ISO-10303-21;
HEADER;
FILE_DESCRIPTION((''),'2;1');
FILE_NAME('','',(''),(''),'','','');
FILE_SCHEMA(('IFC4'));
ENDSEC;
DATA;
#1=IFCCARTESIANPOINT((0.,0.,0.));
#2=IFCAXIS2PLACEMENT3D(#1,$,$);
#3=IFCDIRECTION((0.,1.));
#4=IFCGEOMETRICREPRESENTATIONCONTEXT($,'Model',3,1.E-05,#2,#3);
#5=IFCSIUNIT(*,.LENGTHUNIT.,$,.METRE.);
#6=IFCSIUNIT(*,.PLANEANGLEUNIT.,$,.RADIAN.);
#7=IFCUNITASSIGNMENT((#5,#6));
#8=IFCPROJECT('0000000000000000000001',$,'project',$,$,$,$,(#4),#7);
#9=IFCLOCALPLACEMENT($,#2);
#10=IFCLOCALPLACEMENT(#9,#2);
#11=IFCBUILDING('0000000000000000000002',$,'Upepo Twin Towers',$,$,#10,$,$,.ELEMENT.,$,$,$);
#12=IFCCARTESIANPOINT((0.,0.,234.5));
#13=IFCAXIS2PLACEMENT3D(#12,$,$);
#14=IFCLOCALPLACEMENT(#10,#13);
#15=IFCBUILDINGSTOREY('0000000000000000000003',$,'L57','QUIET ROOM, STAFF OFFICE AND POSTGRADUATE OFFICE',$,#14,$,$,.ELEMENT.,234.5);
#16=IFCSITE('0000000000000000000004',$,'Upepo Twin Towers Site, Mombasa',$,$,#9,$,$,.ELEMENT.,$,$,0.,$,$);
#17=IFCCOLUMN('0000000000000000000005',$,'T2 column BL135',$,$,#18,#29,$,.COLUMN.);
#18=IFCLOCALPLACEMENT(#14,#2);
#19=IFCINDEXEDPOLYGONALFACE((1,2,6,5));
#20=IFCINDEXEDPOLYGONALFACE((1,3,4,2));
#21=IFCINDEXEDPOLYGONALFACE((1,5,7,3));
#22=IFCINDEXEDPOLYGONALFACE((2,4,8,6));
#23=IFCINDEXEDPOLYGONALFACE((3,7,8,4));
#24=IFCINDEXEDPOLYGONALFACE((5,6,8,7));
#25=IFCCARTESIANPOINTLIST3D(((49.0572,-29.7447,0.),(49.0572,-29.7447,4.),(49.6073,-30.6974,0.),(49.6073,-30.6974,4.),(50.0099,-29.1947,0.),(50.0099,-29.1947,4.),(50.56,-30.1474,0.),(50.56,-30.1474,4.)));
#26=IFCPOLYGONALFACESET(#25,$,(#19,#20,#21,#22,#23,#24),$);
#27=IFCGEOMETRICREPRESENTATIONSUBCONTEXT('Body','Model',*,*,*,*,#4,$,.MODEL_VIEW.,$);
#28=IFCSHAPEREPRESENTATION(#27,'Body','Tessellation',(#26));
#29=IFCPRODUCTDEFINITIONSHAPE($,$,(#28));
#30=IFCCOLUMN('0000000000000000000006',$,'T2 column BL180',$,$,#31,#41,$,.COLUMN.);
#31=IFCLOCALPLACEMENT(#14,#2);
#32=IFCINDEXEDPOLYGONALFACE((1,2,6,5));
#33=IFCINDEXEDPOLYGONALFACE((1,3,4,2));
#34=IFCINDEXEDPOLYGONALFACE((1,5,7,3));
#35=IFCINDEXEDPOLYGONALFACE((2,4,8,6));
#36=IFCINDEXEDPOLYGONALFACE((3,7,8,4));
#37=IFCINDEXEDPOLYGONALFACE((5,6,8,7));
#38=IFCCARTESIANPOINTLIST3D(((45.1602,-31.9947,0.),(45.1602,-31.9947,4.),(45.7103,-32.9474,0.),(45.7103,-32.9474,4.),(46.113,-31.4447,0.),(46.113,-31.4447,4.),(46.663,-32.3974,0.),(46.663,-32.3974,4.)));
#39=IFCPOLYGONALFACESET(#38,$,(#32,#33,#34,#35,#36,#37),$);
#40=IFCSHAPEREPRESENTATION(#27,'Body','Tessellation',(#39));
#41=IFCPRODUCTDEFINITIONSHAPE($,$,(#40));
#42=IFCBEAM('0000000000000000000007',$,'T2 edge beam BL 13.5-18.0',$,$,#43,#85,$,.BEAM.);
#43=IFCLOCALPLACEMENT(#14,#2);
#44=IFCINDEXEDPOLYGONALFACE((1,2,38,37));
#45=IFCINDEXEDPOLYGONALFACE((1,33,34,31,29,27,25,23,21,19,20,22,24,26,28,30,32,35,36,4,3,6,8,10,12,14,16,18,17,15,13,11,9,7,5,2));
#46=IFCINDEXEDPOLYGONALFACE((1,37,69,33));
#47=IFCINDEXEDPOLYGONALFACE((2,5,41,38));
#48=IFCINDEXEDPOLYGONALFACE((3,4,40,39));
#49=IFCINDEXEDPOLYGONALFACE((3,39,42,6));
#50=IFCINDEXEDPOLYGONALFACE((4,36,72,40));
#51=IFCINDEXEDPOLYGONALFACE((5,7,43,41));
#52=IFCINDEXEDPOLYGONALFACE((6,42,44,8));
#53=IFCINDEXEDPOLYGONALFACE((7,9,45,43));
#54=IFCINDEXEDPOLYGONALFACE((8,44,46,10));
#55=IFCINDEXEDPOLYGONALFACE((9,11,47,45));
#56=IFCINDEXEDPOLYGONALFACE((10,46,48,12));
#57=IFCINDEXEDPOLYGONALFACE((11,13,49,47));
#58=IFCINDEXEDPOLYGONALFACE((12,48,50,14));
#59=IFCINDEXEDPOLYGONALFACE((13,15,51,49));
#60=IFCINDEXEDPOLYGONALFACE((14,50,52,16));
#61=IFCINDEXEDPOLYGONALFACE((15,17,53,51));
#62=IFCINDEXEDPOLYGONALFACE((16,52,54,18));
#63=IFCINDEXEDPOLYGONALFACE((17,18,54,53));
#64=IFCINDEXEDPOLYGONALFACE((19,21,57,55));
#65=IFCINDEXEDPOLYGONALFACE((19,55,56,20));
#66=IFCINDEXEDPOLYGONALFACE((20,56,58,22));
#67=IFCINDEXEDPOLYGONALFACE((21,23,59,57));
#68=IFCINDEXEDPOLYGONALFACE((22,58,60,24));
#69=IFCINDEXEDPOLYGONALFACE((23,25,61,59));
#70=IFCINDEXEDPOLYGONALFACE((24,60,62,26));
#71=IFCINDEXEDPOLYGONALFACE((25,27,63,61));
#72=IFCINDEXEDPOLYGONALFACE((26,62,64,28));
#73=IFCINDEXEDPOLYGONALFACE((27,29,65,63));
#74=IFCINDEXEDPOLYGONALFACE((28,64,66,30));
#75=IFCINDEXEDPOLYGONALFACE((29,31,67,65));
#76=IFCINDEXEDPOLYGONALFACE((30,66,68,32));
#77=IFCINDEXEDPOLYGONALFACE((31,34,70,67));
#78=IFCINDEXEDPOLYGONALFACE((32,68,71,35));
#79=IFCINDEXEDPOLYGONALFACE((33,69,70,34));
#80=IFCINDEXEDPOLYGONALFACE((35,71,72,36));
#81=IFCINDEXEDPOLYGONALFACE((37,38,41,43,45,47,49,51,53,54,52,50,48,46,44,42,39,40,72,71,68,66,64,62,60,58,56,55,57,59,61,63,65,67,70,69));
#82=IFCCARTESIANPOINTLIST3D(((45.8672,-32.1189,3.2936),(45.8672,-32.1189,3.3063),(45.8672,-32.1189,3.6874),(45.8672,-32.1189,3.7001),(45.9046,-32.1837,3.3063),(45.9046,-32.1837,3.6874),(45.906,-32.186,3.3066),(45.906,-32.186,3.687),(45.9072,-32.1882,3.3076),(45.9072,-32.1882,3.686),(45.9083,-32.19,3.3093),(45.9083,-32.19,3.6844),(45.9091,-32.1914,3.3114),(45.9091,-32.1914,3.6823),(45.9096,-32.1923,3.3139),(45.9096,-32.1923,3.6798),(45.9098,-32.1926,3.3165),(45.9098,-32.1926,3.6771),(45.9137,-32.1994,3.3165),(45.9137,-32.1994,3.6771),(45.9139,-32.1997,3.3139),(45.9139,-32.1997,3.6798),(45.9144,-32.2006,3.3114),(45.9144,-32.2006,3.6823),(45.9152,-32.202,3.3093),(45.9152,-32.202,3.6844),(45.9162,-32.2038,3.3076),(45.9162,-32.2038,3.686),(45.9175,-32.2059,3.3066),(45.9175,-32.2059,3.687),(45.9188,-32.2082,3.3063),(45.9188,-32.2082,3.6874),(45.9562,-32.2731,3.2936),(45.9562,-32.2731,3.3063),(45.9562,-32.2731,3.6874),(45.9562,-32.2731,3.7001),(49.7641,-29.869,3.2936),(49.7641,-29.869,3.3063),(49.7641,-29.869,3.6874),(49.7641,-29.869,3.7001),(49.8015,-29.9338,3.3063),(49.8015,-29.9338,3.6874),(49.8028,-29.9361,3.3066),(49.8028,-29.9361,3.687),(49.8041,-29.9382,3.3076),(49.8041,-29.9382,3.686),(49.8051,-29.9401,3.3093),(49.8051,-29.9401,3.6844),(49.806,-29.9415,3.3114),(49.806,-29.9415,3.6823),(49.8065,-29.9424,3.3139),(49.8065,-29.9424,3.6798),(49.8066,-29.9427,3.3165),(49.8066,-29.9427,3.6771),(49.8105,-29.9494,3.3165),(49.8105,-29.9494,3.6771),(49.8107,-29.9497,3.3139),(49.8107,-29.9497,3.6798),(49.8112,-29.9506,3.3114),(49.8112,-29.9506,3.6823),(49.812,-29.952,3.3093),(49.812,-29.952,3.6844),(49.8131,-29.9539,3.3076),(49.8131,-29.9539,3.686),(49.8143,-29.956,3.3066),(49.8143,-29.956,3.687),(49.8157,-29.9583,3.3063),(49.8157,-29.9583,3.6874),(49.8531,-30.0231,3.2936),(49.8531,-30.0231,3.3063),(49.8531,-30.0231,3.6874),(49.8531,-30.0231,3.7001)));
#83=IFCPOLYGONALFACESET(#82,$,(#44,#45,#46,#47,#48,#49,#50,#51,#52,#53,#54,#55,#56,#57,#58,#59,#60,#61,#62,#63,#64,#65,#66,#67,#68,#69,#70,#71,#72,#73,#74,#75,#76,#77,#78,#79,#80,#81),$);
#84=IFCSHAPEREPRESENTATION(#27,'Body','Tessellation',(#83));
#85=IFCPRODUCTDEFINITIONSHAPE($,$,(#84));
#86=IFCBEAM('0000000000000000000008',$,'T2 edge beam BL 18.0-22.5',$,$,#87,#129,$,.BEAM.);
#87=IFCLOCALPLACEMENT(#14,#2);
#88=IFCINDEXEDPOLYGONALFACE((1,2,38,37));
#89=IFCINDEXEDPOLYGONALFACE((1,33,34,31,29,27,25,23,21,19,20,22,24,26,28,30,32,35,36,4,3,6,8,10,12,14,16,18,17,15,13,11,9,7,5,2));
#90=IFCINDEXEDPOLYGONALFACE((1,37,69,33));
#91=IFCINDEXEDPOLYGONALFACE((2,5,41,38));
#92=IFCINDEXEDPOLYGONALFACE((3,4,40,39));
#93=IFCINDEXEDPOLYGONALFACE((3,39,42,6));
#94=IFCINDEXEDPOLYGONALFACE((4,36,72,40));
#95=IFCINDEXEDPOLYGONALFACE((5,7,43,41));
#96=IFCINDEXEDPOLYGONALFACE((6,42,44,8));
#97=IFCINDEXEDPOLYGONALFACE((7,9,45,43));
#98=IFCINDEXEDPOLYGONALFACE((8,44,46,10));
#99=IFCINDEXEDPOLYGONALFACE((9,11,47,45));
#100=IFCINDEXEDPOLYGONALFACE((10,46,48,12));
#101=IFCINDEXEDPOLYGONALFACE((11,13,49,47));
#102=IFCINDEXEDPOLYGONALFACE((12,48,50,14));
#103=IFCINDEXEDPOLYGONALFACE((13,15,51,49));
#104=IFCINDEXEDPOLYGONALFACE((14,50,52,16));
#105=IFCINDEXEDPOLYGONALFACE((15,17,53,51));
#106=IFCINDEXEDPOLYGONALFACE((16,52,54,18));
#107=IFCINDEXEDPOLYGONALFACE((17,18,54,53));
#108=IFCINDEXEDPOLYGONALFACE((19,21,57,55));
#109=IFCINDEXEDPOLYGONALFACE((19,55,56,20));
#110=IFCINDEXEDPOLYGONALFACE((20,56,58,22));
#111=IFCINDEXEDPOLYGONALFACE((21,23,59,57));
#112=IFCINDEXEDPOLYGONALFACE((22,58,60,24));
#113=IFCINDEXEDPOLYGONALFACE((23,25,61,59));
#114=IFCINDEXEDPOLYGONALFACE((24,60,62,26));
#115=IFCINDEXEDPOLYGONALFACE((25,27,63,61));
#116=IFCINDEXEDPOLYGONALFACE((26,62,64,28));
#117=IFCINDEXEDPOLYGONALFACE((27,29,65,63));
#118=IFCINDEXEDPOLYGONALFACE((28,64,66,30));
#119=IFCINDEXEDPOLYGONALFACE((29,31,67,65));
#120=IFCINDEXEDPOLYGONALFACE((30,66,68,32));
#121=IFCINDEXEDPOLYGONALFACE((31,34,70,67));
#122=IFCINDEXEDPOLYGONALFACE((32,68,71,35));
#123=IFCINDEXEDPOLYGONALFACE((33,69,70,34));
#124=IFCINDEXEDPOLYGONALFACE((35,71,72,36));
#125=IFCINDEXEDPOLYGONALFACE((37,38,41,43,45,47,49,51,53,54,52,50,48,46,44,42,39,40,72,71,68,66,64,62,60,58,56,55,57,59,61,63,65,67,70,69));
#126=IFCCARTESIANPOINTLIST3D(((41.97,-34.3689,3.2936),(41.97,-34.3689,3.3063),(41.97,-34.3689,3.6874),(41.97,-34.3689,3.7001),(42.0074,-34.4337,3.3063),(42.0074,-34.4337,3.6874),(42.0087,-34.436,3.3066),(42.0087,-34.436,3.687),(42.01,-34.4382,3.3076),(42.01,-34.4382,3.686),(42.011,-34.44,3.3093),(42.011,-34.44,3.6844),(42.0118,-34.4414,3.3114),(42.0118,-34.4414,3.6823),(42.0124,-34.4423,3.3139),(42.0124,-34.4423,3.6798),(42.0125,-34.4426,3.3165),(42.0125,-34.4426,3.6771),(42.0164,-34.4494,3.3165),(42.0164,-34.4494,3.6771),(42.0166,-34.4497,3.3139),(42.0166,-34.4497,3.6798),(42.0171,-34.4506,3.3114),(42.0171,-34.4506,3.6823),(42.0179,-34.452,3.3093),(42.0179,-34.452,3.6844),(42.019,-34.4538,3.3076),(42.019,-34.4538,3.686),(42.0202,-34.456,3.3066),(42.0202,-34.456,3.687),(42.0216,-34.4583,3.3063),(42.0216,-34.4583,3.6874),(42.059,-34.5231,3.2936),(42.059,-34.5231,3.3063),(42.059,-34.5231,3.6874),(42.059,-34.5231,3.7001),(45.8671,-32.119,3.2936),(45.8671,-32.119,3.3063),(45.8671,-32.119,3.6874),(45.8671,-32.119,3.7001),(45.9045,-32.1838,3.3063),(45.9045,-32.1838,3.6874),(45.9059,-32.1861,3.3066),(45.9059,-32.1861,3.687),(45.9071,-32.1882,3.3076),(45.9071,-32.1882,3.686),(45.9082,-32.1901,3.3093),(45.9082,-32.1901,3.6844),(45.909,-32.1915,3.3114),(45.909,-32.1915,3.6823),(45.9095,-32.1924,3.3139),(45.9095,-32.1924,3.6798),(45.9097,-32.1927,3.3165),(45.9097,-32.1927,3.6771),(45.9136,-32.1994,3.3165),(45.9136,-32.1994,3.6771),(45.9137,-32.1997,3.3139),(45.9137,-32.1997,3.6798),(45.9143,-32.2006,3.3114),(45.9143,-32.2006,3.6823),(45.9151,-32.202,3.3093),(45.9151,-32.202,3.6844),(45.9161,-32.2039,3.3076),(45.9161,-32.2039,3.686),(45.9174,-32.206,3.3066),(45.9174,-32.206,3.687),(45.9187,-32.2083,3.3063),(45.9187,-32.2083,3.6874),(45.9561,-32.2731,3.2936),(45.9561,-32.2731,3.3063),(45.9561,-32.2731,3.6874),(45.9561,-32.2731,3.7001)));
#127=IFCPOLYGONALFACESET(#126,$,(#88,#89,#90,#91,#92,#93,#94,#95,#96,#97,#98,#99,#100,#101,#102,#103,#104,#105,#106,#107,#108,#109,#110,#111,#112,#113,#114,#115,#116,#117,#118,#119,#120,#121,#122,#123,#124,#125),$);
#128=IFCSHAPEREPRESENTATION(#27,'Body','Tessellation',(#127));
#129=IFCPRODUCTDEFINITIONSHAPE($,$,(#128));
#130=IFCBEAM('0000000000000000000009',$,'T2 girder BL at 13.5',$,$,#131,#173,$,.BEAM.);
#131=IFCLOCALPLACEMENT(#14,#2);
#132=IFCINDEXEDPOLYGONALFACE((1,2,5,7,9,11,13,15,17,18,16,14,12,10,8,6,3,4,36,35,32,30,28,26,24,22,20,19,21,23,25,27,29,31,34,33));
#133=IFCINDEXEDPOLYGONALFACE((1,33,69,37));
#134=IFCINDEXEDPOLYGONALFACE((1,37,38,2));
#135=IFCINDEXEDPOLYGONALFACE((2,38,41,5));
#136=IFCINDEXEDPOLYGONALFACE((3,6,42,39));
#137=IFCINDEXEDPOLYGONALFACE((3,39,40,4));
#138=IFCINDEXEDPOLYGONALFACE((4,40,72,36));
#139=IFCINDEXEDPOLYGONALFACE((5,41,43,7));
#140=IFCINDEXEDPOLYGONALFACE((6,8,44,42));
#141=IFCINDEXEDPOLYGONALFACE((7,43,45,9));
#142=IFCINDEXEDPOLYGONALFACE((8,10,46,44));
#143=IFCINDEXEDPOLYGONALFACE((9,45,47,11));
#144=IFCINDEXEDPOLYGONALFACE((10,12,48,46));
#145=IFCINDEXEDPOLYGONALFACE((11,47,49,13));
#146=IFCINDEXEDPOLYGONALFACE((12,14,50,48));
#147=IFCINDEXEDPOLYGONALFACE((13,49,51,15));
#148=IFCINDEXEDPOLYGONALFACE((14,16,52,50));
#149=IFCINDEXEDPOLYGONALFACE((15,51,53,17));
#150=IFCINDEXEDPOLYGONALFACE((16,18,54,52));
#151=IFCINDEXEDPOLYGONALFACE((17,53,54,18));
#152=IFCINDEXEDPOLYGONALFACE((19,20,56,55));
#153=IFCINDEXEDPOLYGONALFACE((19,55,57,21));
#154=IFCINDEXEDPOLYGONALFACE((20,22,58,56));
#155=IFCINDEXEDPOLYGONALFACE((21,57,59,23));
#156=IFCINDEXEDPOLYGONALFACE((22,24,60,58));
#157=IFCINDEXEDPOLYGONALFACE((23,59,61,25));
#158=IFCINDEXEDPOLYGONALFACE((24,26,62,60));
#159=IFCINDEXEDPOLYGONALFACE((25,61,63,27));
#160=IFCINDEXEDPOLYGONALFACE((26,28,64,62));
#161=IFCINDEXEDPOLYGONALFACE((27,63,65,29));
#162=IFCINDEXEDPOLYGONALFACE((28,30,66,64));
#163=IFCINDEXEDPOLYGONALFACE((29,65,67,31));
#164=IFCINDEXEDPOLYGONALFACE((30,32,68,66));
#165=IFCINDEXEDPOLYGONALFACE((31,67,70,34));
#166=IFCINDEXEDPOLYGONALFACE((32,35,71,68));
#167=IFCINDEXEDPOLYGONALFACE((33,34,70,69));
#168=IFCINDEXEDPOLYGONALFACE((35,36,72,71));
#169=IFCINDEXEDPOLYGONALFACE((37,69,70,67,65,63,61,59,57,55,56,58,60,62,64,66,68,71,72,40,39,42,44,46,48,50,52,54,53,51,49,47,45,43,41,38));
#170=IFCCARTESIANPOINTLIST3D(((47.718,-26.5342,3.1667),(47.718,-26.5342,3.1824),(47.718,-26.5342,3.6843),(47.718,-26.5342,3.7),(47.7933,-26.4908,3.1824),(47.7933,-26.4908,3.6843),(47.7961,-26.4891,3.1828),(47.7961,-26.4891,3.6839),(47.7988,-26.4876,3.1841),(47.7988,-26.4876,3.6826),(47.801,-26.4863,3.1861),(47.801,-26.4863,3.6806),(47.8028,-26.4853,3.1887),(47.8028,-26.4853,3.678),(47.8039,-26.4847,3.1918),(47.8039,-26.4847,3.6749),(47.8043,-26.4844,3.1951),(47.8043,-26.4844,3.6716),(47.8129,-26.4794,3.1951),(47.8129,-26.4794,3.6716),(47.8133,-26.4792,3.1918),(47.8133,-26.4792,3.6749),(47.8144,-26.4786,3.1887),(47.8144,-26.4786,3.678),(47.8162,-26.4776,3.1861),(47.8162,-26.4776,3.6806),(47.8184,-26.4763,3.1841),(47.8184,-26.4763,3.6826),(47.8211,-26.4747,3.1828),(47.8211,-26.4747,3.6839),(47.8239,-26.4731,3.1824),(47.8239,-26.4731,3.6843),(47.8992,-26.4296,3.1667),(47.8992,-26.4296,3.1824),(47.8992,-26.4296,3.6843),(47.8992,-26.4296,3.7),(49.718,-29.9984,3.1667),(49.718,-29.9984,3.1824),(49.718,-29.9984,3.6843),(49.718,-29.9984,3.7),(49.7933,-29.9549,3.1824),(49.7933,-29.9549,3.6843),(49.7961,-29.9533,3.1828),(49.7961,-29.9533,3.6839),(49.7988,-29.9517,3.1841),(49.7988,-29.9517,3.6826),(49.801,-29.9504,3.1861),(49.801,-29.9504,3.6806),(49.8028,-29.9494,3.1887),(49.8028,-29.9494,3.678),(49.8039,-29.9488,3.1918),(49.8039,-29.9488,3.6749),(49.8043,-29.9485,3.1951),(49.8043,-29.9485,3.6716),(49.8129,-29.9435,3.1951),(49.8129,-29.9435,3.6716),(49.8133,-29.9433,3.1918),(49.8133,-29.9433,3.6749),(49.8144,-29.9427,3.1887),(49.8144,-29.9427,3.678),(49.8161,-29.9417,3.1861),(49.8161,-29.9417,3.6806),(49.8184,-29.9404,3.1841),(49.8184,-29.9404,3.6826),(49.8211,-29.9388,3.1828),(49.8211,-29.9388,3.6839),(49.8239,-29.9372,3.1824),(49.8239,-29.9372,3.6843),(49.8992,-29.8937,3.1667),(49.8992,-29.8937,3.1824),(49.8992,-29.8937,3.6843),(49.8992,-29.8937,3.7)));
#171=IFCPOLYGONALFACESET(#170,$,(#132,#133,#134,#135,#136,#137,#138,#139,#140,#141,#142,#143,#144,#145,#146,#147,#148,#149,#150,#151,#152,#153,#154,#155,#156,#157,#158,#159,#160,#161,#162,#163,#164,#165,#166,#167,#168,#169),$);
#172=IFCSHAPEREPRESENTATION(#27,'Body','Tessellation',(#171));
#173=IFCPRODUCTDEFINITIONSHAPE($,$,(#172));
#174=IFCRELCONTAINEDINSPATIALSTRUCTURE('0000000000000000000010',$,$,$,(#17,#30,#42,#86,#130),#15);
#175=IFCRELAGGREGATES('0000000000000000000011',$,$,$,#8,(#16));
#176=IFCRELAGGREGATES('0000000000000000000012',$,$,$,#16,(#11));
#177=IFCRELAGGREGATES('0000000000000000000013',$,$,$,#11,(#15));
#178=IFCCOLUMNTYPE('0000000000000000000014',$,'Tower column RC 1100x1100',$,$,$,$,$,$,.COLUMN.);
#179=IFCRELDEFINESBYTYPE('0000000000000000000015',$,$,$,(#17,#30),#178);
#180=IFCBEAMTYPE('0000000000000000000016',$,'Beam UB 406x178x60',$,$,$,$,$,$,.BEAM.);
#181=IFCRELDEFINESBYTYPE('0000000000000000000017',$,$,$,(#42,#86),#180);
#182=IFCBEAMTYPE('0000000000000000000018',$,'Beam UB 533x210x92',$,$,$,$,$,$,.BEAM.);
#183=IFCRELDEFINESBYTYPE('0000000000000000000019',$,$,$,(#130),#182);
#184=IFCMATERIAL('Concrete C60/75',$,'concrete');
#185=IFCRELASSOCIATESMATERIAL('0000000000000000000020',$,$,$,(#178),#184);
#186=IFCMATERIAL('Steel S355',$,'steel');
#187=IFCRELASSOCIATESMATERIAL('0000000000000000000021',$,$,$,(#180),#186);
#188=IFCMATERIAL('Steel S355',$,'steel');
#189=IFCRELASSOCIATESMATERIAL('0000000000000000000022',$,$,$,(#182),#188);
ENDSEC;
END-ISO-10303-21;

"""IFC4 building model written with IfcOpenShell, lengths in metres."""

from ifc_helpers import new_model, si_unit, direction, frame, origin, origin_2d, place, context, subcontext, project, spatial, rectangle, i_section, extrude, material, material_profile, profile_set, type_object, element, save


model = new_model("IFC4")

# Units and contexts
model_context = context("Model", 3, precision=1e-05, world=origin(), true_north=direction((0.0, 1.0)))
body_context = subcontext(model_context, "Body", "Model", "MODEL_VIEW")
ifc_project = project(units=[si_unit("LENGTHUNIT", "METRE"), si_unit("PLANEANGLEUNIT", "RADIAN")], contexts=[model_context])

# Site, building, storey
site_placement = place(None, origin())
site = spatial("IfcSite", under=ifc_project, at=site_placement, Name="Upepo Twin Towers Site, Mombasa", CompositionType="ELEMENT", RefElevation=0.0)
building_placement = place(site_placement, origin())
building = spatial("IfcBuilding", under=site, at=building_placement, Name="Upepo Twin Towers", CompositionType="ELEMENT")
storey_placement = place(building_placement, frame((0.0, 0.0, 234.5)))
storey = spatial("IfcBuildingStorey", under=building, at=storey_placement, Name="L57", Description="QUIET ROOM, STAFF OFFICE AND POSTGRADUATE OFFICE", CompositionType="ELEMENT", Elevation=234.5)

# Columns
ifc_material_1 = material(Name="Concrete C60/75", Category="concrete")
ifc_material_profile_1 = material_profile(ifc_material_1, rectangle(XDim=1.1001, YDim=1.1001, at=origin_2d()), Name="RC 1100x1100")
ifc_profile_set_1 = profile_set([ifc_material_profile_1], Name="Concrete C60/75")
column_type = type_object("IfcColumnType", Name="Tower column RC 1100x1100", PredefinedType="COLUMN", material=ifc_profile_set_1)
for number, where, z_axis, x_axis, name in (
    (1, (49.8086, -29.946, 0.0), (0.0, 0.0, 1.0), (0.866025, 0.5, 0.0), "T2 column BL135"),
    (2, (45.9116, -32.196, 0.0), (0.0, 0.0, 1.0), (0.866025, 0.5, 0.0), "T2 column BL180"),
):
    element("IfcColumn", number, at=place(storey_placement, frame(where, z_axis=z_axis, x_axis=x_axis)), inside=storey, type_object=column_type, Name=name, PredefinedType="COLUMN", context=body_context, shape_type="SweptSolid", body=[
        extrude(rectangle(XDim=1.1001, YDim=1.1001, at=origin_2d()), origin(), (0.0, 0.0, 1.0), 4.0),
    ])

# Beams
ifc_material_2 = material(Name="Steel S355", Category="steel")
ifc_material_profile_2 = material_profile(ifc_material_2, i_section(OverallWidth=0.178, OverallDepth=0.4065, WebThickness=0.0078, FlangeThickness=0.0127, FilletRadius=0.0103, at=origin_2d()), Name="UB 406x178x60")
ifc_profile_set_2 = profile_set([ifc_material_profile_2], Name="Steel S355")
beam_type_1 = type_object("IfcBeamType", Name="Beam UB 406x178x60", PredefinedType="BEAM", material=ifc_profile_set_2)
beam_1_placement = place(storey_placement, frame((49.8086, -29.946, 3.4968), z_axis=(-0.866018, -0.500014, 0.0), x_axis=(0.500014, -0.866018, 0.0)))
element("IfcBeam", 3, at=beam_1_placement, inside=storey, type_object=beam_type_1, Name="T2 edge beam BL 13.5-18.0", PredefinedType="BEAM", context=body_context, shape_type="SweptSolid", body=[
    extrude(i_section(OverallWidth=0.178, OverallDepth=0.4065, WebThickness=0.0078, FlangeThickness=0.0127, FilletRadius=0.0103, at=origin_2d()), origin(), (0.0, 0.0, 1.0), 4.4998),
])
beam_2_placement = place(storey_placement, frame((45.9116, -32.196, 3.4968), z_axis=(-0.866031, -0.49999, 0.0), x_axis=(0.49999, -0.866031, 0.0)))
element("IfcBeam", 4, at=beam_2_placement, inside=storey, type_object=beam_type_1, Name="T2 edge beam BL 18.0-22.5", PredefinedType="BEAM", context=body_context, shape_type="SweptSolid", body=[
    extrude(i_section(OverallWidth=0.178, OverallDepth=0.4065, WebThickness=0.0078, FlangeThickness=0.0127, FilletRadius=0.0103, at=origin_2d()), origin(), (0.0, 0.0, 1.0), 4.5),
])
ifc_material_3 = material(Name="Steel S355", Category="steel")
ifc_material_profile_3 = material_profile(ifc_material_3, i_section(OverallWidth=0.2092, OverallDepth=0.5332, WebThickness=0.01, FlangeThickness=0.0156, FilletRadius=0.0127, at=origin_2d()), Name="UB 533x210x92")
ifc_profile_set_3 = profile_set([ifc_material_profile_3], Name="Steel S355")
beam_type_2 = type_object("IfcBeamType", Name="Beam UB 533x210x92", PredefinedType="BEAM", material=ifc_profile_set_3)
for number, where, z_axis, x_axis, name in (
    (5, (49.8086, -29.946, 3.4333), (-0.499999, 0.866026, 0.0), (-0.866026, -0.499999, 0.0), "T2 girder BL at 13.5"),
):
    element("IfcBeam", number, at=place(storey_placement, frame(where, z_axis=z_axis, x_axis=x_axis)), inside=storey, type_object=beam_type_2, Name=name, PredefinedType="BEAM", context=body_context, shape_type="SweptSolid", body=[
        extrude(i_section(OverallWidth=0.2092, OverallDepth=0.5332, WebThickness=0.01, FlangeThickness=0.0156, FilletRadius=0.0127, at=origin_2d()), origin(), (0.0, 0.0, 1.0), 4.0),
    ])

save(model, "model.ifc")
